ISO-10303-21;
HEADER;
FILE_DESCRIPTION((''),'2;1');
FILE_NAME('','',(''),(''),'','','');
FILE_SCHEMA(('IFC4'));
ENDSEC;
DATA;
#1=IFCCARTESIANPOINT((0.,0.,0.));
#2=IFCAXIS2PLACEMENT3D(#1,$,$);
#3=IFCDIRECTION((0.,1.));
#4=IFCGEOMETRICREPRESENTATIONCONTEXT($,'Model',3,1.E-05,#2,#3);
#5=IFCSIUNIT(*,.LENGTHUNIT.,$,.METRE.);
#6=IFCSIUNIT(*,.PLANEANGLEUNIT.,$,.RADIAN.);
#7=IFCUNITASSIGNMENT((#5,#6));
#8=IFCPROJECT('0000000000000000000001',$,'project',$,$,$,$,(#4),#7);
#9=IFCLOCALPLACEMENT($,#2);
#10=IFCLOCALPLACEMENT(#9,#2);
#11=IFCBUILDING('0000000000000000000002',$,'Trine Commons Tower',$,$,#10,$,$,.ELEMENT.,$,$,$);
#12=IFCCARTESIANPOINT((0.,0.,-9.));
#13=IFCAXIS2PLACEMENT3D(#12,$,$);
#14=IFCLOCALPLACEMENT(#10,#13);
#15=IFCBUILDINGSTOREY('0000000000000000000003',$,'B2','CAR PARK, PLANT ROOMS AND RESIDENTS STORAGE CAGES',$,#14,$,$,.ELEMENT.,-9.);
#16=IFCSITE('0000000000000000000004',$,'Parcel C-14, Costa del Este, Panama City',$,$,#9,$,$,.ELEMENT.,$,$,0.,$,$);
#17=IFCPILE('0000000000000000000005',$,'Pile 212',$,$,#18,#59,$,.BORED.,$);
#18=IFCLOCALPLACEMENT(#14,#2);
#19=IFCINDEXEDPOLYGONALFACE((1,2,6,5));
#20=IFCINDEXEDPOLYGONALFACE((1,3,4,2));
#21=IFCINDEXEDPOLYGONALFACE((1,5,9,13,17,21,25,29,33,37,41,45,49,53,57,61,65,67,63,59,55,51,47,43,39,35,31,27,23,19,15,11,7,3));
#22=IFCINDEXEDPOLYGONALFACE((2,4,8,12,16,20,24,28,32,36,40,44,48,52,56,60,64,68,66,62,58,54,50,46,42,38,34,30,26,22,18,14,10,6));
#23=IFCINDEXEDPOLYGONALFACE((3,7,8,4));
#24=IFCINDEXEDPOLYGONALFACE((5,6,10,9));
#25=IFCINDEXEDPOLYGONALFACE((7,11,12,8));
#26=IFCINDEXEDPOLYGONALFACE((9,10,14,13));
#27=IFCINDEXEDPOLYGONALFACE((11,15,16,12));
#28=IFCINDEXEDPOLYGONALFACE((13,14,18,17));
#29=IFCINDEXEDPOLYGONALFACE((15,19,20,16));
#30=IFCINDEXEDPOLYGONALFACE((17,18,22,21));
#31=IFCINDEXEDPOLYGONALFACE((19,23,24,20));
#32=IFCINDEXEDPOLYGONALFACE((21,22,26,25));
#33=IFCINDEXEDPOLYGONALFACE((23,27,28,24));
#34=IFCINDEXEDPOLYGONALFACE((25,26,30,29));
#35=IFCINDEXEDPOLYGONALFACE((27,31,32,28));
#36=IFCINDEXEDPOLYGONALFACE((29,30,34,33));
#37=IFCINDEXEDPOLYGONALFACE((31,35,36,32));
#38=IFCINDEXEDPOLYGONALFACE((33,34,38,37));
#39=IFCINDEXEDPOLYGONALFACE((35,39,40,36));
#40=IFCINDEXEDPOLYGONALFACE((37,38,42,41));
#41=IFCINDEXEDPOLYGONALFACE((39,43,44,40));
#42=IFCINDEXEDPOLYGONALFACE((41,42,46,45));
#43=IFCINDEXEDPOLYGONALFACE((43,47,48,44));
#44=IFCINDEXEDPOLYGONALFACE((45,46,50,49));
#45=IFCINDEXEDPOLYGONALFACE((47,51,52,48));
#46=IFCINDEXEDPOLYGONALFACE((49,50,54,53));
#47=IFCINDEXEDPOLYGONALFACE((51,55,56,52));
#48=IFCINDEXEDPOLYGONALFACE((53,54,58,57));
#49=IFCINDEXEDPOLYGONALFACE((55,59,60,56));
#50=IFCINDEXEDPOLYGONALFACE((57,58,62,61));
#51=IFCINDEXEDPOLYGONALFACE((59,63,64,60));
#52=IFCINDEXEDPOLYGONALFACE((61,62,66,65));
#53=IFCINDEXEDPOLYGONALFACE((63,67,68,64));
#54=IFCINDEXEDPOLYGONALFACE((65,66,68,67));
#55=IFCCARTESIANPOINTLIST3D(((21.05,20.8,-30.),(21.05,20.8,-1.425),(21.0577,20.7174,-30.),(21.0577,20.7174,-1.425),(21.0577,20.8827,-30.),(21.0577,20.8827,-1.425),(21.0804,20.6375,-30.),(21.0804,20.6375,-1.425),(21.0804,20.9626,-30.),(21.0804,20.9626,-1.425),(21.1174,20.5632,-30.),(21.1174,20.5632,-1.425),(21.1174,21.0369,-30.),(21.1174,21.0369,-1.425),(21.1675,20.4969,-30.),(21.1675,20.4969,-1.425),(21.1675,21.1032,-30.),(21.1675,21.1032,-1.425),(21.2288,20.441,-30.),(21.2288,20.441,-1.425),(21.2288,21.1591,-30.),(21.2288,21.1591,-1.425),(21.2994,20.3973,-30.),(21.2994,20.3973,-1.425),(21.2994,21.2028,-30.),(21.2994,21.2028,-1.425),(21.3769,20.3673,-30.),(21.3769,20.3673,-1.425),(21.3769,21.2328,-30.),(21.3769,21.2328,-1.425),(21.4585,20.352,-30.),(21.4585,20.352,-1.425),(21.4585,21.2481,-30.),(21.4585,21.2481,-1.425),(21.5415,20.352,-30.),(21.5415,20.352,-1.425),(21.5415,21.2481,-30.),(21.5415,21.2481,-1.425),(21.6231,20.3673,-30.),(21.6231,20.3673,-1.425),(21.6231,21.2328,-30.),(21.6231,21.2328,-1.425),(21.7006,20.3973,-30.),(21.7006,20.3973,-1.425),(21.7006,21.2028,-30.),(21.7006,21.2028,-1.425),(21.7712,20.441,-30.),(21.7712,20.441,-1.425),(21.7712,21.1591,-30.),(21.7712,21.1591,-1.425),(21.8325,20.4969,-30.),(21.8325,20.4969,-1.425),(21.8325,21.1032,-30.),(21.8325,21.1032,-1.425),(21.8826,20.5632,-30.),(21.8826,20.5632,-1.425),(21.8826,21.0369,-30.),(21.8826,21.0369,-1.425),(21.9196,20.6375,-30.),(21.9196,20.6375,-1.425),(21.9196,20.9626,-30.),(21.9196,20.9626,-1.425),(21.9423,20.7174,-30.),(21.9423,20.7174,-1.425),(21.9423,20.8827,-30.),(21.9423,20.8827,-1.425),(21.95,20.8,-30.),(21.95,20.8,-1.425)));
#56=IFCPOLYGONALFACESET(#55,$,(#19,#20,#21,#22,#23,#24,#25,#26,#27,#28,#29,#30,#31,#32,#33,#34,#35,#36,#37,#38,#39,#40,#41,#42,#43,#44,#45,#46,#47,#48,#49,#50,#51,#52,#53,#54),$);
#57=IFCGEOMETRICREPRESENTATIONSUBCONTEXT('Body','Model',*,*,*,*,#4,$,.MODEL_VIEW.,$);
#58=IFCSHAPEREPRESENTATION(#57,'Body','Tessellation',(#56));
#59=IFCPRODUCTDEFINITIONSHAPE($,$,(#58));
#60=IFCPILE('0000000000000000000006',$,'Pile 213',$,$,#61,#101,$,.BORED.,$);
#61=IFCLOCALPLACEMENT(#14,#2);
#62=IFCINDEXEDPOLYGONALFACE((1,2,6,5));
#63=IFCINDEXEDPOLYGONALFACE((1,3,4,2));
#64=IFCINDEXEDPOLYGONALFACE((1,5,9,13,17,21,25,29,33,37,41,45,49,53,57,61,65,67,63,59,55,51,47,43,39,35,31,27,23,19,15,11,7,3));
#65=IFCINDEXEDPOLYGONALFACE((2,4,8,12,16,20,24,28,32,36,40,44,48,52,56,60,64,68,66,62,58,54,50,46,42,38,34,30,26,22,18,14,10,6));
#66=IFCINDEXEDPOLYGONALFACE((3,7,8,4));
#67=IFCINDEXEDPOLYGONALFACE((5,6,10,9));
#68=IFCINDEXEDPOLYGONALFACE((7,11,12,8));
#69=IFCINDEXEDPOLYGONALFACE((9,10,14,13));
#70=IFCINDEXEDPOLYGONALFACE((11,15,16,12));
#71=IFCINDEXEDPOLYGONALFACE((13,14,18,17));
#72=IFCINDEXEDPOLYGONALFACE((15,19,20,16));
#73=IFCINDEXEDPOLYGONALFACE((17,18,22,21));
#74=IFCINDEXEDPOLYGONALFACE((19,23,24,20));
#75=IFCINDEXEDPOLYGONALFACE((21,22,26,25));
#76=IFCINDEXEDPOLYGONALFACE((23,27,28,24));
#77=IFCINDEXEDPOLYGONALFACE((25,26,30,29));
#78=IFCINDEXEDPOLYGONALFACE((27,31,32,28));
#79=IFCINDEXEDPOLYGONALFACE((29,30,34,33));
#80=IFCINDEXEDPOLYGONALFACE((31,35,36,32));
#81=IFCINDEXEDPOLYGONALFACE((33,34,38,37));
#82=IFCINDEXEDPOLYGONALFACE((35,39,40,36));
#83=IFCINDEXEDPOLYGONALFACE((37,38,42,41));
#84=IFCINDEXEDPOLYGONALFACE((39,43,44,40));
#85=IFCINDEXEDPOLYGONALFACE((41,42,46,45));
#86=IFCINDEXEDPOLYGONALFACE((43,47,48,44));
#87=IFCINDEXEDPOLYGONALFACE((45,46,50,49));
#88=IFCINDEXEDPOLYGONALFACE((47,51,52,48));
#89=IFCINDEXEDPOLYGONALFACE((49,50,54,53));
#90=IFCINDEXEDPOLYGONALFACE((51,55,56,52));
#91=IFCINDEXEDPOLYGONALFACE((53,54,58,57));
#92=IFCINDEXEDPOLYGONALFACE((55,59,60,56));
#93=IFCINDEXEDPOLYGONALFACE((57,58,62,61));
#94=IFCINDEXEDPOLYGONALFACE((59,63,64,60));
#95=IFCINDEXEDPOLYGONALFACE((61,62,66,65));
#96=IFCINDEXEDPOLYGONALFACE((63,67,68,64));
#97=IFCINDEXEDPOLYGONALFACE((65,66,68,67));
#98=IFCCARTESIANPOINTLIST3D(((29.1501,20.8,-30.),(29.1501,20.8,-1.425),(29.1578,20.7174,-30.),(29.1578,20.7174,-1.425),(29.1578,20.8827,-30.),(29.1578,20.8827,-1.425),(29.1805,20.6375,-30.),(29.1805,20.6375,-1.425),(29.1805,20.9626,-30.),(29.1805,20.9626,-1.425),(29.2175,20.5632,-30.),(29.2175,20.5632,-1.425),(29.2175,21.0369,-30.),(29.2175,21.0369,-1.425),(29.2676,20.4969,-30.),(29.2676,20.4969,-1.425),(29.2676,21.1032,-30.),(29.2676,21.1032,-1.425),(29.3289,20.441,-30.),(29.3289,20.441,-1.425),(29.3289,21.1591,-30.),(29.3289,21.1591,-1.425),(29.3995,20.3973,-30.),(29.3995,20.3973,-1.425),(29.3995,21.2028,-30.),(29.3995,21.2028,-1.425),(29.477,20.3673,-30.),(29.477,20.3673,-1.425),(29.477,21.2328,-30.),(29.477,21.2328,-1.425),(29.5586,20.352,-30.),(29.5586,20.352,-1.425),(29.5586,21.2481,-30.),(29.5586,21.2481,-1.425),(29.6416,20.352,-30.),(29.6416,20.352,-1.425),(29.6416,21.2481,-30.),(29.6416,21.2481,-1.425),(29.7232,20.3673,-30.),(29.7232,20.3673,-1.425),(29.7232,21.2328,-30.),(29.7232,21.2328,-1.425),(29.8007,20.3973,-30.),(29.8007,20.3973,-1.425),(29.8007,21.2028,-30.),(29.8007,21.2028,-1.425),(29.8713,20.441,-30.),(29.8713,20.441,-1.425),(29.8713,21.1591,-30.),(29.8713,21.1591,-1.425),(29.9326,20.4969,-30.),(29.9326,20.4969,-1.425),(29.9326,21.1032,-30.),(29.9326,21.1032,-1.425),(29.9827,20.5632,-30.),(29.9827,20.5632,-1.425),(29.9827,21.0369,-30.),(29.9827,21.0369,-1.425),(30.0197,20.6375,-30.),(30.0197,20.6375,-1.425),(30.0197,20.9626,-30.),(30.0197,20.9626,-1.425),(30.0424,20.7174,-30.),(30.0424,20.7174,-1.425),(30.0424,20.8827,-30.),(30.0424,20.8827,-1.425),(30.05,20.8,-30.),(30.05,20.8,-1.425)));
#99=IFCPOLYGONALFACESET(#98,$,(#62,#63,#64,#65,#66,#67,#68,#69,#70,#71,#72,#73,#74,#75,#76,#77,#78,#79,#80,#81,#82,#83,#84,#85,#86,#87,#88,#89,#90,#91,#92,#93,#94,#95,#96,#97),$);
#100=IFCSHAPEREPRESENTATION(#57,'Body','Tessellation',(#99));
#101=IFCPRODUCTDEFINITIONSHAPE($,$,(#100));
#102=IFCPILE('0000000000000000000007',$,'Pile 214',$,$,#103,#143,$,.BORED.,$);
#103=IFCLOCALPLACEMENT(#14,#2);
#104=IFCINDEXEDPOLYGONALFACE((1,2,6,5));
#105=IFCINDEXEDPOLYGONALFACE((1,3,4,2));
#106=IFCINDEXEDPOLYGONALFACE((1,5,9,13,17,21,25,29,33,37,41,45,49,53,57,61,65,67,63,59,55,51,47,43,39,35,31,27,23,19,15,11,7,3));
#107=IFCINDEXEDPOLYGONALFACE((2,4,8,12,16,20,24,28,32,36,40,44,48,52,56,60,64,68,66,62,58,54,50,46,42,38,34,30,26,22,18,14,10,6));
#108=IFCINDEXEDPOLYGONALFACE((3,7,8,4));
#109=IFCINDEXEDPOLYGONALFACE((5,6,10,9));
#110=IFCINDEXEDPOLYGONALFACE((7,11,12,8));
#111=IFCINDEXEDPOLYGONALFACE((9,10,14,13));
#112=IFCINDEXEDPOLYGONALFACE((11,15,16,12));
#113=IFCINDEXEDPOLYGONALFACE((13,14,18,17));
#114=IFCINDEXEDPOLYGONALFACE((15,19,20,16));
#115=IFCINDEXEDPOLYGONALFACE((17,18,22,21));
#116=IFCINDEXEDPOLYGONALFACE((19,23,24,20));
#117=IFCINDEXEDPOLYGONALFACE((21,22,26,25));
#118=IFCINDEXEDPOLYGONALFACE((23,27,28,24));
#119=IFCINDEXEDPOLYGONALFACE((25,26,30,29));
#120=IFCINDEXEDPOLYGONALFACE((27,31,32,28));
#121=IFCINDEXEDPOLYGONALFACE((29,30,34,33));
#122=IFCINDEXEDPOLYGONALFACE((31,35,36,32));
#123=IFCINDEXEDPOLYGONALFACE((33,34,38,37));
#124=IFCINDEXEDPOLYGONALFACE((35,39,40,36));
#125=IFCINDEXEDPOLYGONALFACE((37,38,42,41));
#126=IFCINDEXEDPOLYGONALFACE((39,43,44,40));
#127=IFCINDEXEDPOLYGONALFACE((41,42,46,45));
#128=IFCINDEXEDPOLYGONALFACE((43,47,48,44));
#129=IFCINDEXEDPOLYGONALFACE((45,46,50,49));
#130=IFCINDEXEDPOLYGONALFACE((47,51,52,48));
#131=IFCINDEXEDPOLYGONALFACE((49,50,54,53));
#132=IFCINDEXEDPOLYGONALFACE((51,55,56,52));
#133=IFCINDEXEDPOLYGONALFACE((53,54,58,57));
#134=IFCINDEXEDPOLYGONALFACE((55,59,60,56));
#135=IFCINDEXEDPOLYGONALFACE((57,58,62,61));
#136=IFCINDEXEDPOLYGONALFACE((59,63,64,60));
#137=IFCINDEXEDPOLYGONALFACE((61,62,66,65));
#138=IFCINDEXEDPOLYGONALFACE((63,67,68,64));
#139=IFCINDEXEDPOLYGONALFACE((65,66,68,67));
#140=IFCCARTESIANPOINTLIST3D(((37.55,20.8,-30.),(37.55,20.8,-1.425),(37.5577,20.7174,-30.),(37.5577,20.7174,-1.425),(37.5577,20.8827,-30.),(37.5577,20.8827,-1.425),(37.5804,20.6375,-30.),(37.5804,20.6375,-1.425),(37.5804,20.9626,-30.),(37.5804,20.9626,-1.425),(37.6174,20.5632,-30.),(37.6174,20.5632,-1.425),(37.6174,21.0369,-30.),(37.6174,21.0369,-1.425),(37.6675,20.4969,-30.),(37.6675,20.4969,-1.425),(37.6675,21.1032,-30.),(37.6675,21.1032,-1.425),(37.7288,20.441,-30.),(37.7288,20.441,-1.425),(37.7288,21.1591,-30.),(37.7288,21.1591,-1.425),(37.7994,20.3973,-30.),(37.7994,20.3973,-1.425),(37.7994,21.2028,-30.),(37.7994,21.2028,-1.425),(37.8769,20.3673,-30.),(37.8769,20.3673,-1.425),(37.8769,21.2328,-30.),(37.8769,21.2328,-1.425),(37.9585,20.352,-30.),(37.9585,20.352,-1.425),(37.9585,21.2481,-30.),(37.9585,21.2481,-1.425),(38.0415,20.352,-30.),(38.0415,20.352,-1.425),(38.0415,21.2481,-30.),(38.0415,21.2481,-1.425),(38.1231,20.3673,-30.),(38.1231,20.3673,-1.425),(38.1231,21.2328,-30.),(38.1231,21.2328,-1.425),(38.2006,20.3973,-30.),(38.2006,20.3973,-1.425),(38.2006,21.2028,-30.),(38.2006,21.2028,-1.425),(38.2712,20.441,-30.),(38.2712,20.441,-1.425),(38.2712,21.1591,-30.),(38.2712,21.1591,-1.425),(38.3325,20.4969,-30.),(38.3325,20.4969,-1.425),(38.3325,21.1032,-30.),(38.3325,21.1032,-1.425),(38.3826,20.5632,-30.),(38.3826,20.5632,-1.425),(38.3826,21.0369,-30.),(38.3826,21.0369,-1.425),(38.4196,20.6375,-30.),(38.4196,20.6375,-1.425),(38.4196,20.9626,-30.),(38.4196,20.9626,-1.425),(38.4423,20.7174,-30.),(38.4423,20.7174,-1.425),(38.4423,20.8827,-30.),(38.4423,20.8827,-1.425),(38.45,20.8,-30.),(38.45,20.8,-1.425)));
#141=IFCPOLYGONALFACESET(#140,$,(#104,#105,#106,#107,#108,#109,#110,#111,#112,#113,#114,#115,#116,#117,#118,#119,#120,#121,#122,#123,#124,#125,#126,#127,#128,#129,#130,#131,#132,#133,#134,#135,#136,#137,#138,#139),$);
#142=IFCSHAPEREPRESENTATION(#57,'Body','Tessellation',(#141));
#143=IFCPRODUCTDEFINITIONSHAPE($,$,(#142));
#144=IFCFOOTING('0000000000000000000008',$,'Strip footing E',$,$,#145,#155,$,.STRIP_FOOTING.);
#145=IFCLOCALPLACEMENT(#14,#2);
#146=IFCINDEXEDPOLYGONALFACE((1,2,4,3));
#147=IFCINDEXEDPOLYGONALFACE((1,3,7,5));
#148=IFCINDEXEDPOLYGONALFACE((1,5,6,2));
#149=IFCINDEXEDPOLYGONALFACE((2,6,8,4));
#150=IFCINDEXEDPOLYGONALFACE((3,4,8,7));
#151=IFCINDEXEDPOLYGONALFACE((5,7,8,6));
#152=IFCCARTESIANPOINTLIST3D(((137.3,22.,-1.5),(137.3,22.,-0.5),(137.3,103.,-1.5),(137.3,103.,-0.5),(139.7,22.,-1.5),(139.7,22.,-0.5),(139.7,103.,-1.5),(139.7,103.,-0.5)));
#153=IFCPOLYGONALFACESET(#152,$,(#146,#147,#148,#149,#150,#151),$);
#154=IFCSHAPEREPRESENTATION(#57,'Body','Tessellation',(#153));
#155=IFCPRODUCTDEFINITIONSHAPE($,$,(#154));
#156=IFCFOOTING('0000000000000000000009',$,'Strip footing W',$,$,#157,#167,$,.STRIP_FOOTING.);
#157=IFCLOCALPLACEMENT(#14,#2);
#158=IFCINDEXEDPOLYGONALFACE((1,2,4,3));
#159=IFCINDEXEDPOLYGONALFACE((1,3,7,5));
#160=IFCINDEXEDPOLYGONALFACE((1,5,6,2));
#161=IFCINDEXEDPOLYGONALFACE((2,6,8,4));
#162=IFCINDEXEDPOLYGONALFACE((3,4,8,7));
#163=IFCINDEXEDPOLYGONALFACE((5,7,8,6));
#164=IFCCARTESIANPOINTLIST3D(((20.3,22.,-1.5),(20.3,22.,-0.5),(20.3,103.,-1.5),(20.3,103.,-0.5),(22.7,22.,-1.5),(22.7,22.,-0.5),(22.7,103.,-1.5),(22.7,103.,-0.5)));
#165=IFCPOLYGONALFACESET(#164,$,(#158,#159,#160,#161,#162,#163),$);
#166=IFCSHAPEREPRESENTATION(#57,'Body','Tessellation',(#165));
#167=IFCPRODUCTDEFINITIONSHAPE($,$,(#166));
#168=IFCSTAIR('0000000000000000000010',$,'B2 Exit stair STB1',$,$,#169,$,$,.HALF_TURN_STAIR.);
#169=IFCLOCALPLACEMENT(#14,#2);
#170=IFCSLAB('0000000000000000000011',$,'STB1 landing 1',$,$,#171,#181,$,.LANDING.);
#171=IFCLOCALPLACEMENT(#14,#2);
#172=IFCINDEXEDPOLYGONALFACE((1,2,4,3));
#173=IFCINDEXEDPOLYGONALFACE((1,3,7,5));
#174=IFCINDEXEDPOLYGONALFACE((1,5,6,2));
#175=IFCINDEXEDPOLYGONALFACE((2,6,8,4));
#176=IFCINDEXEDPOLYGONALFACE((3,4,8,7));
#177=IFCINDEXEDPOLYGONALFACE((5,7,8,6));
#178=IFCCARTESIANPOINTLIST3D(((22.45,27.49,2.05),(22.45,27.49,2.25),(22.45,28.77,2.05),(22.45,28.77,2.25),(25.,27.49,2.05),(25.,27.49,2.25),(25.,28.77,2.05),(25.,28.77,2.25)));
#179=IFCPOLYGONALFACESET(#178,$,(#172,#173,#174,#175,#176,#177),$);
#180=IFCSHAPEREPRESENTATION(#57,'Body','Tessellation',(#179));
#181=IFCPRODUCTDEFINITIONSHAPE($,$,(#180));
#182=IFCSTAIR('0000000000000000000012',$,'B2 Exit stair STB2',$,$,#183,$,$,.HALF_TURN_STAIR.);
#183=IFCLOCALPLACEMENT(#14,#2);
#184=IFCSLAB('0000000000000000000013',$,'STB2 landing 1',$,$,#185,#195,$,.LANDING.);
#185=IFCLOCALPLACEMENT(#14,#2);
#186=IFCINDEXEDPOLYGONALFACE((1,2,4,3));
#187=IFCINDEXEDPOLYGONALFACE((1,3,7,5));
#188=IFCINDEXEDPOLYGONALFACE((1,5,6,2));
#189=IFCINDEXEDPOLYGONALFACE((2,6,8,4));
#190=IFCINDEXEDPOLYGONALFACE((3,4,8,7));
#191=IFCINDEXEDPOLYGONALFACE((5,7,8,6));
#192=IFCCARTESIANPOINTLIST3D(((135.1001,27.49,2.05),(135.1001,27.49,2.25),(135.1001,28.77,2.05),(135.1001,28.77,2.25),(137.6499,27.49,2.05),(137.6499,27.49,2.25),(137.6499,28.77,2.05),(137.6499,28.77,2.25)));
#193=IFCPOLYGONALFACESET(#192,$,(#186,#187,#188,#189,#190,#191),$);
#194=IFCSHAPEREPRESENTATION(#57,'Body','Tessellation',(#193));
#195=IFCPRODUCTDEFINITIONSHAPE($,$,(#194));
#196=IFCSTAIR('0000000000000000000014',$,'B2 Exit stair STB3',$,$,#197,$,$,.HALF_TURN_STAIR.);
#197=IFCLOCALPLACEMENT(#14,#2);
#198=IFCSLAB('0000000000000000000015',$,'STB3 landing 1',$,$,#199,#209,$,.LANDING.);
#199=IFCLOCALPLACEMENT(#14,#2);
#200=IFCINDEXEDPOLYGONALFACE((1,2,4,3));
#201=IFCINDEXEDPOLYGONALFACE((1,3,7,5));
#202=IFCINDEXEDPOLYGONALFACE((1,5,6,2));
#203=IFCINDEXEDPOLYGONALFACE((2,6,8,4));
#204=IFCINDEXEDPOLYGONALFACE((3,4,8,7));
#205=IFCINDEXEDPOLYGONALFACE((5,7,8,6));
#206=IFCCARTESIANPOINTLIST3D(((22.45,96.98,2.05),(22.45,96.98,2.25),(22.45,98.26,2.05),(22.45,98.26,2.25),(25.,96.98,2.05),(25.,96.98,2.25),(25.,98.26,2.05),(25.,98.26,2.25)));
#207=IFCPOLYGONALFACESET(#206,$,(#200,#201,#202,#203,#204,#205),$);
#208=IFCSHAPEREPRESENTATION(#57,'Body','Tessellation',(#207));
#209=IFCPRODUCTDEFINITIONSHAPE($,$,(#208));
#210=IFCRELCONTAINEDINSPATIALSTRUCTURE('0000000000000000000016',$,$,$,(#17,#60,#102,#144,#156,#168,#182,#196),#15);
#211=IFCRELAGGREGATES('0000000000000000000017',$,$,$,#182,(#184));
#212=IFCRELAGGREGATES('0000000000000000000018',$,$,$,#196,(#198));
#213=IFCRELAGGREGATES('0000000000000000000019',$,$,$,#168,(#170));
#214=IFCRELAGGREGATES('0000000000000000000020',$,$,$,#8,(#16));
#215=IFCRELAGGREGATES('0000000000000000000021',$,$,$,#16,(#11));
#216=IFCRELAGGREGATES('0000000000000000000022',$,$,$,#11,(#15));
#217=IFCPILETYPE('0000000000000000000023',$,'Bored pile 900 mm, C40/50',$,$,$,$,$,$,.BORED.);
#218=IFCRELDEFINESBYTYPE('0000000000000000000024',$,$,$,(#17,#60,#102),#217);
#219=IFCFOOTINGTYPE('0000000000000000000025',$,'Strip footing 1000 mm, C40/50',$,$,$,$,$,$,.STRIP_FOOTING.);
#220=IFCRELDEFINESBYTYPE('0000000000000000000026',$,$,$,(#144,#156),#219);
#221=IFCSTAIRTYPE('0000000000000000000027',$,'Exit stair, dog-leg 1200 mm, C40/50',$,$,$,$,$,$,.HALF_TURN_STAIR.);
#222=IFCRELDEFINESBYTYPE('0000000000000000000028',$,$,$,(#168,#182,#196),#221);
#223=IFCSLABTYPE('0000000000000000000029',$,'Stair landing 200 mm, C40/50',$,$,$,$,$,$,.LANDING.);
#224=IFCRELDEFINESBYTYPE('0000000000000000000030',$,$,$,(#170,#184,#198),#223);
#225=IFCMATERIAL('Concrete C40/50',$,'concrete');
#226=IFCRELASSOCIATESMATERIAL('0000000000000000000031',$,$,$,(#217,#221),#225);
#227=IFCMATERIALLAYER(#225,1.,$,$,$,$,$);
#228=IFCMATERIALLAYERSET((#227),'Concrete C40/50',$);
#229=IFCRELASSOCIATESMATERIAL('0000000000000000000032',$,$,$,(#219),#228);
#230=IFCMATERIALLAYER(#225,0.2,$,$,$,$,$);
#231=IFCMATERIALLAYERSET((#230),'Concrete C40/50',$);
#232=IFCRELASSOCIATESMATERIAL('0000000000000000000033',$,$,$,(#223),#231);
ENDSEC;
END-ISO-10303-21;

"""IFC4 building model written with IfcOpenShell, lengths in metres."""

from ifc_helpers import new_model, si_unit, direction, frame, origin, origin_2d, place, context, subcontext, project, spatial, polyline, circle, outline, extrude, material, layer, layer_set, type_object, element, aggregate, save


model = new_model("IFC4")

# Units and contexts
model_context = context("Model", 3, precision=1e-05, world=origin(), true_north=direction((0.0, 1.0)))
body_context = subcontext(model_context, "Body", "Model", "MODEL_VIEW")
ifc_project = project(units=[si_unit("LENGTHUNIT", "METRE"), si_unit("PLANEANGLEUNIT", "RADIAN")], contexts=[model_context])

# Site, building, storey
site_placement = place(None, origin())
site = spatial("IfcSite", under=ifc_project, at=site_placement, Name="Parcel C-14, Costa del Este, Panama City", CompositionType="ELEMENT", RefElevation=0.0)
building_placement = place(site_placement, origin())
building = spatial("IfcBuilding", under=site, at=building_placement, Name="Trine Commons Tower", CompositionType="ELEMENT")
storey_placement = place(building_placement, frame((0.0, 0.0, -9.0)))
storey = spatial("IfcBuildingStorey", under=building, at=storey_placement, Name="B2", Description="CAR PARK, PLANT ROOMS AND RESIDENTS STORAGE CAGES", CompositionType="ELEMENT", Elevation=-9.0)

# Piles
ifc_material_1 = material(Name="Concrete C40/50", Category="concrete")
pile_type = type_object("IfcPileType", Name="Bored pile 900 mm, C40/50", PredefinedType="BORED", material=ifc_material_1)
for number, where, z_axis, x_axis, name in (
    (1, (21.5, 20.8, -1.425), (0.0, 0.0, -1.0), (1.0, 0.0, 0.0), "Pile 212"),
    (2, (29.6001, 20.8, -1.425), (0.0, 0.0, -1.0), (1.0, 0.0, 0.0), "Pile 213"),
    (3, (38.0, 20.8, -1.425), (0.0, 0.0, -1.0), (1.0, 0.0, 0.0), "Pile 214"),
):
    element("IfcPile", number, at=place(storey_placement, frame(where, z_axis=z_axis, x_axis=x_axis)), inside=storey, type_object=pile_type, Name=name, PredefinedType="BORED", context=body_context, shape_type="SweptSolid", body=[
        extrude(circle(Radius=0.45, at=origin_2d()), origin(), (0.0, 0.0, 1.0), 28.575),
    ])

# Footings
ifc_layer_1 = layer(ifc_material_1, 1.0)
ifc_layer_set_1 = layer_set([ifc_layer_1], Name="Concrete C40/50")
footing_type = type_object("IfcFootingType", Name="Strip footing 1000 mm, C40/50", PredefinedType="STRIP_FOOTING", material=ifc_layer_set_1)
footing_1_placement = place(storey_placement, frame((0.0, 0.0, -1.5)))
element("IfcFooting", 4, at=footing_1_placement, inside=storey, type_object=footing_type, Name="Strip footing E", PredefinedType="STRIP_FOOTING", context=body_context, shape_type="SweptSolid", body=[
    extrude(outline(polyline([(139.7, 22.0), (139.7, 103.0), (137.3, 103.0), (137.3, 22.0), (139.7, 22.0)])), origin(), (0.0, 0.0, 1.0), 1.0),
])
footing_2_placement = place(storey_placement, frame((0.0, 0.0, -1.5)))
element("IfcFooting", 5, at=footing_2_placement, inside=storey, type_object=footing_type, Name="Strip footing W", PredefinedType="STRIP_FOOTING", context=body_context, shape_type="SweptSolid", body=[
    extrude(outline(polyline([(22.7, 22.0), (22.7, 103.0), (20.3, 103.0), (20.3, 22.0), (22.7, 22.0)])), origin(), (0.0, 0.0, 1.0), 1.0),
])

# Stairs, slabs
stair_type_1 = type_object("IfcStairType", Name="Exit stair, dog-leg 1200 mm, C40/50", PredefinedType="HALF_TURN_STAIR", material=ifc_material_1)
stair_1_placement = place(storey_placement, origin())
stair_1 = element("IfcStair", 6, at=stair_1_placement, inside=storey, type_object=stair_type_1, Name="B2 Exit stair STB1", PredefinedType="HALF_TURN_STAIR")
ifc_layer_2 = layer(ifc_material_1, 0.2)
ifc_layer_set_2 = layer_set([ifc_layer_2], Name="Concrete C40/50")
slab_type_1 = type_object("IfcSlabType", Name="Stair landing 200 mm, C40/50", PredefinedType="LANDING", material=ifc_layer_set_2)
slab_1_placement = place(storey_placement, frame((0.0, 0.0, 2.05)))
slab_1 = element("IfcSlab", 7, at=slab_1_placement, type_object=slab_type_1, Name="STB1 landing 1", PredefinedType="LANDING", context=body_context, shape_type="SweptSolid", body=[
    extrude(outline(polyline([(25.0, 27.49), (25.0, 28.77), (22.45, 28.77), (22.45, 27.49), (25.0, 27.49)])), origin(), (0.0, 0.0, 1.0), 0.2),
])
stair_2_placement = place(storey_placement, origin())
stair_2 = element("IfcStair", 8, at=stair_2_placement, inside=storey, type_object=stair_type_1, Name="B2 Exit stair STB2", PredefinedType="HALF_TURN_STAIR")
slab_2_placement = place(storey_placement, frame((0.0, 0.0, 2.05)))
slab_2 = element("IfcSlab", 9, at=slab_2_placement, type_object=slab_type_1, Name="STB2 landing 1", PredefinedType="LANDING", context=body_context, shape_type="SweptSolid", body=[
    extrude(outline(polyline([(137.6499, 27.49), (137.6499, 28.77), (135.1001, 28.77), (135.1001, 27.49), (137.6499, 27.49)])), origin(), (0.0, 0.0, 1.0), 0.2),
])
aggregate(stair_2, [slab_2])
stair_3_placement = place(storey_placement, origin())
stair_3 = element("IfcStair", 10, at=stair_3_placement, inside=storey, type_object=stair_type_1, Name="B2 Exit stair STB3", PredefinedType="HALF_TURN_STAIR")
slab_3_placement = place(storey_placement, frame((0.0, 0.0, 2.05)))
slab_3 = element("IfcSlab", 11, at=slab_3_placement, type_object=slab_type_1, Name="STB3 landing 1", PredefinedType="LANDING", context=body_context, shape_type="SweptSolid", body=[
    extrude(outline(polyline([(22.45, 98.26), (22.45, 96.98), (25.0, 96.98), (25.0, 98.26), (22.45, 98.26)])), origin(), (0.0, 0.0, 1.0), 0.2),
])
aggregate(stair_3, [slab_3])

aggregate(stair_1, [slab_1])

save(model, "model.ifc")
